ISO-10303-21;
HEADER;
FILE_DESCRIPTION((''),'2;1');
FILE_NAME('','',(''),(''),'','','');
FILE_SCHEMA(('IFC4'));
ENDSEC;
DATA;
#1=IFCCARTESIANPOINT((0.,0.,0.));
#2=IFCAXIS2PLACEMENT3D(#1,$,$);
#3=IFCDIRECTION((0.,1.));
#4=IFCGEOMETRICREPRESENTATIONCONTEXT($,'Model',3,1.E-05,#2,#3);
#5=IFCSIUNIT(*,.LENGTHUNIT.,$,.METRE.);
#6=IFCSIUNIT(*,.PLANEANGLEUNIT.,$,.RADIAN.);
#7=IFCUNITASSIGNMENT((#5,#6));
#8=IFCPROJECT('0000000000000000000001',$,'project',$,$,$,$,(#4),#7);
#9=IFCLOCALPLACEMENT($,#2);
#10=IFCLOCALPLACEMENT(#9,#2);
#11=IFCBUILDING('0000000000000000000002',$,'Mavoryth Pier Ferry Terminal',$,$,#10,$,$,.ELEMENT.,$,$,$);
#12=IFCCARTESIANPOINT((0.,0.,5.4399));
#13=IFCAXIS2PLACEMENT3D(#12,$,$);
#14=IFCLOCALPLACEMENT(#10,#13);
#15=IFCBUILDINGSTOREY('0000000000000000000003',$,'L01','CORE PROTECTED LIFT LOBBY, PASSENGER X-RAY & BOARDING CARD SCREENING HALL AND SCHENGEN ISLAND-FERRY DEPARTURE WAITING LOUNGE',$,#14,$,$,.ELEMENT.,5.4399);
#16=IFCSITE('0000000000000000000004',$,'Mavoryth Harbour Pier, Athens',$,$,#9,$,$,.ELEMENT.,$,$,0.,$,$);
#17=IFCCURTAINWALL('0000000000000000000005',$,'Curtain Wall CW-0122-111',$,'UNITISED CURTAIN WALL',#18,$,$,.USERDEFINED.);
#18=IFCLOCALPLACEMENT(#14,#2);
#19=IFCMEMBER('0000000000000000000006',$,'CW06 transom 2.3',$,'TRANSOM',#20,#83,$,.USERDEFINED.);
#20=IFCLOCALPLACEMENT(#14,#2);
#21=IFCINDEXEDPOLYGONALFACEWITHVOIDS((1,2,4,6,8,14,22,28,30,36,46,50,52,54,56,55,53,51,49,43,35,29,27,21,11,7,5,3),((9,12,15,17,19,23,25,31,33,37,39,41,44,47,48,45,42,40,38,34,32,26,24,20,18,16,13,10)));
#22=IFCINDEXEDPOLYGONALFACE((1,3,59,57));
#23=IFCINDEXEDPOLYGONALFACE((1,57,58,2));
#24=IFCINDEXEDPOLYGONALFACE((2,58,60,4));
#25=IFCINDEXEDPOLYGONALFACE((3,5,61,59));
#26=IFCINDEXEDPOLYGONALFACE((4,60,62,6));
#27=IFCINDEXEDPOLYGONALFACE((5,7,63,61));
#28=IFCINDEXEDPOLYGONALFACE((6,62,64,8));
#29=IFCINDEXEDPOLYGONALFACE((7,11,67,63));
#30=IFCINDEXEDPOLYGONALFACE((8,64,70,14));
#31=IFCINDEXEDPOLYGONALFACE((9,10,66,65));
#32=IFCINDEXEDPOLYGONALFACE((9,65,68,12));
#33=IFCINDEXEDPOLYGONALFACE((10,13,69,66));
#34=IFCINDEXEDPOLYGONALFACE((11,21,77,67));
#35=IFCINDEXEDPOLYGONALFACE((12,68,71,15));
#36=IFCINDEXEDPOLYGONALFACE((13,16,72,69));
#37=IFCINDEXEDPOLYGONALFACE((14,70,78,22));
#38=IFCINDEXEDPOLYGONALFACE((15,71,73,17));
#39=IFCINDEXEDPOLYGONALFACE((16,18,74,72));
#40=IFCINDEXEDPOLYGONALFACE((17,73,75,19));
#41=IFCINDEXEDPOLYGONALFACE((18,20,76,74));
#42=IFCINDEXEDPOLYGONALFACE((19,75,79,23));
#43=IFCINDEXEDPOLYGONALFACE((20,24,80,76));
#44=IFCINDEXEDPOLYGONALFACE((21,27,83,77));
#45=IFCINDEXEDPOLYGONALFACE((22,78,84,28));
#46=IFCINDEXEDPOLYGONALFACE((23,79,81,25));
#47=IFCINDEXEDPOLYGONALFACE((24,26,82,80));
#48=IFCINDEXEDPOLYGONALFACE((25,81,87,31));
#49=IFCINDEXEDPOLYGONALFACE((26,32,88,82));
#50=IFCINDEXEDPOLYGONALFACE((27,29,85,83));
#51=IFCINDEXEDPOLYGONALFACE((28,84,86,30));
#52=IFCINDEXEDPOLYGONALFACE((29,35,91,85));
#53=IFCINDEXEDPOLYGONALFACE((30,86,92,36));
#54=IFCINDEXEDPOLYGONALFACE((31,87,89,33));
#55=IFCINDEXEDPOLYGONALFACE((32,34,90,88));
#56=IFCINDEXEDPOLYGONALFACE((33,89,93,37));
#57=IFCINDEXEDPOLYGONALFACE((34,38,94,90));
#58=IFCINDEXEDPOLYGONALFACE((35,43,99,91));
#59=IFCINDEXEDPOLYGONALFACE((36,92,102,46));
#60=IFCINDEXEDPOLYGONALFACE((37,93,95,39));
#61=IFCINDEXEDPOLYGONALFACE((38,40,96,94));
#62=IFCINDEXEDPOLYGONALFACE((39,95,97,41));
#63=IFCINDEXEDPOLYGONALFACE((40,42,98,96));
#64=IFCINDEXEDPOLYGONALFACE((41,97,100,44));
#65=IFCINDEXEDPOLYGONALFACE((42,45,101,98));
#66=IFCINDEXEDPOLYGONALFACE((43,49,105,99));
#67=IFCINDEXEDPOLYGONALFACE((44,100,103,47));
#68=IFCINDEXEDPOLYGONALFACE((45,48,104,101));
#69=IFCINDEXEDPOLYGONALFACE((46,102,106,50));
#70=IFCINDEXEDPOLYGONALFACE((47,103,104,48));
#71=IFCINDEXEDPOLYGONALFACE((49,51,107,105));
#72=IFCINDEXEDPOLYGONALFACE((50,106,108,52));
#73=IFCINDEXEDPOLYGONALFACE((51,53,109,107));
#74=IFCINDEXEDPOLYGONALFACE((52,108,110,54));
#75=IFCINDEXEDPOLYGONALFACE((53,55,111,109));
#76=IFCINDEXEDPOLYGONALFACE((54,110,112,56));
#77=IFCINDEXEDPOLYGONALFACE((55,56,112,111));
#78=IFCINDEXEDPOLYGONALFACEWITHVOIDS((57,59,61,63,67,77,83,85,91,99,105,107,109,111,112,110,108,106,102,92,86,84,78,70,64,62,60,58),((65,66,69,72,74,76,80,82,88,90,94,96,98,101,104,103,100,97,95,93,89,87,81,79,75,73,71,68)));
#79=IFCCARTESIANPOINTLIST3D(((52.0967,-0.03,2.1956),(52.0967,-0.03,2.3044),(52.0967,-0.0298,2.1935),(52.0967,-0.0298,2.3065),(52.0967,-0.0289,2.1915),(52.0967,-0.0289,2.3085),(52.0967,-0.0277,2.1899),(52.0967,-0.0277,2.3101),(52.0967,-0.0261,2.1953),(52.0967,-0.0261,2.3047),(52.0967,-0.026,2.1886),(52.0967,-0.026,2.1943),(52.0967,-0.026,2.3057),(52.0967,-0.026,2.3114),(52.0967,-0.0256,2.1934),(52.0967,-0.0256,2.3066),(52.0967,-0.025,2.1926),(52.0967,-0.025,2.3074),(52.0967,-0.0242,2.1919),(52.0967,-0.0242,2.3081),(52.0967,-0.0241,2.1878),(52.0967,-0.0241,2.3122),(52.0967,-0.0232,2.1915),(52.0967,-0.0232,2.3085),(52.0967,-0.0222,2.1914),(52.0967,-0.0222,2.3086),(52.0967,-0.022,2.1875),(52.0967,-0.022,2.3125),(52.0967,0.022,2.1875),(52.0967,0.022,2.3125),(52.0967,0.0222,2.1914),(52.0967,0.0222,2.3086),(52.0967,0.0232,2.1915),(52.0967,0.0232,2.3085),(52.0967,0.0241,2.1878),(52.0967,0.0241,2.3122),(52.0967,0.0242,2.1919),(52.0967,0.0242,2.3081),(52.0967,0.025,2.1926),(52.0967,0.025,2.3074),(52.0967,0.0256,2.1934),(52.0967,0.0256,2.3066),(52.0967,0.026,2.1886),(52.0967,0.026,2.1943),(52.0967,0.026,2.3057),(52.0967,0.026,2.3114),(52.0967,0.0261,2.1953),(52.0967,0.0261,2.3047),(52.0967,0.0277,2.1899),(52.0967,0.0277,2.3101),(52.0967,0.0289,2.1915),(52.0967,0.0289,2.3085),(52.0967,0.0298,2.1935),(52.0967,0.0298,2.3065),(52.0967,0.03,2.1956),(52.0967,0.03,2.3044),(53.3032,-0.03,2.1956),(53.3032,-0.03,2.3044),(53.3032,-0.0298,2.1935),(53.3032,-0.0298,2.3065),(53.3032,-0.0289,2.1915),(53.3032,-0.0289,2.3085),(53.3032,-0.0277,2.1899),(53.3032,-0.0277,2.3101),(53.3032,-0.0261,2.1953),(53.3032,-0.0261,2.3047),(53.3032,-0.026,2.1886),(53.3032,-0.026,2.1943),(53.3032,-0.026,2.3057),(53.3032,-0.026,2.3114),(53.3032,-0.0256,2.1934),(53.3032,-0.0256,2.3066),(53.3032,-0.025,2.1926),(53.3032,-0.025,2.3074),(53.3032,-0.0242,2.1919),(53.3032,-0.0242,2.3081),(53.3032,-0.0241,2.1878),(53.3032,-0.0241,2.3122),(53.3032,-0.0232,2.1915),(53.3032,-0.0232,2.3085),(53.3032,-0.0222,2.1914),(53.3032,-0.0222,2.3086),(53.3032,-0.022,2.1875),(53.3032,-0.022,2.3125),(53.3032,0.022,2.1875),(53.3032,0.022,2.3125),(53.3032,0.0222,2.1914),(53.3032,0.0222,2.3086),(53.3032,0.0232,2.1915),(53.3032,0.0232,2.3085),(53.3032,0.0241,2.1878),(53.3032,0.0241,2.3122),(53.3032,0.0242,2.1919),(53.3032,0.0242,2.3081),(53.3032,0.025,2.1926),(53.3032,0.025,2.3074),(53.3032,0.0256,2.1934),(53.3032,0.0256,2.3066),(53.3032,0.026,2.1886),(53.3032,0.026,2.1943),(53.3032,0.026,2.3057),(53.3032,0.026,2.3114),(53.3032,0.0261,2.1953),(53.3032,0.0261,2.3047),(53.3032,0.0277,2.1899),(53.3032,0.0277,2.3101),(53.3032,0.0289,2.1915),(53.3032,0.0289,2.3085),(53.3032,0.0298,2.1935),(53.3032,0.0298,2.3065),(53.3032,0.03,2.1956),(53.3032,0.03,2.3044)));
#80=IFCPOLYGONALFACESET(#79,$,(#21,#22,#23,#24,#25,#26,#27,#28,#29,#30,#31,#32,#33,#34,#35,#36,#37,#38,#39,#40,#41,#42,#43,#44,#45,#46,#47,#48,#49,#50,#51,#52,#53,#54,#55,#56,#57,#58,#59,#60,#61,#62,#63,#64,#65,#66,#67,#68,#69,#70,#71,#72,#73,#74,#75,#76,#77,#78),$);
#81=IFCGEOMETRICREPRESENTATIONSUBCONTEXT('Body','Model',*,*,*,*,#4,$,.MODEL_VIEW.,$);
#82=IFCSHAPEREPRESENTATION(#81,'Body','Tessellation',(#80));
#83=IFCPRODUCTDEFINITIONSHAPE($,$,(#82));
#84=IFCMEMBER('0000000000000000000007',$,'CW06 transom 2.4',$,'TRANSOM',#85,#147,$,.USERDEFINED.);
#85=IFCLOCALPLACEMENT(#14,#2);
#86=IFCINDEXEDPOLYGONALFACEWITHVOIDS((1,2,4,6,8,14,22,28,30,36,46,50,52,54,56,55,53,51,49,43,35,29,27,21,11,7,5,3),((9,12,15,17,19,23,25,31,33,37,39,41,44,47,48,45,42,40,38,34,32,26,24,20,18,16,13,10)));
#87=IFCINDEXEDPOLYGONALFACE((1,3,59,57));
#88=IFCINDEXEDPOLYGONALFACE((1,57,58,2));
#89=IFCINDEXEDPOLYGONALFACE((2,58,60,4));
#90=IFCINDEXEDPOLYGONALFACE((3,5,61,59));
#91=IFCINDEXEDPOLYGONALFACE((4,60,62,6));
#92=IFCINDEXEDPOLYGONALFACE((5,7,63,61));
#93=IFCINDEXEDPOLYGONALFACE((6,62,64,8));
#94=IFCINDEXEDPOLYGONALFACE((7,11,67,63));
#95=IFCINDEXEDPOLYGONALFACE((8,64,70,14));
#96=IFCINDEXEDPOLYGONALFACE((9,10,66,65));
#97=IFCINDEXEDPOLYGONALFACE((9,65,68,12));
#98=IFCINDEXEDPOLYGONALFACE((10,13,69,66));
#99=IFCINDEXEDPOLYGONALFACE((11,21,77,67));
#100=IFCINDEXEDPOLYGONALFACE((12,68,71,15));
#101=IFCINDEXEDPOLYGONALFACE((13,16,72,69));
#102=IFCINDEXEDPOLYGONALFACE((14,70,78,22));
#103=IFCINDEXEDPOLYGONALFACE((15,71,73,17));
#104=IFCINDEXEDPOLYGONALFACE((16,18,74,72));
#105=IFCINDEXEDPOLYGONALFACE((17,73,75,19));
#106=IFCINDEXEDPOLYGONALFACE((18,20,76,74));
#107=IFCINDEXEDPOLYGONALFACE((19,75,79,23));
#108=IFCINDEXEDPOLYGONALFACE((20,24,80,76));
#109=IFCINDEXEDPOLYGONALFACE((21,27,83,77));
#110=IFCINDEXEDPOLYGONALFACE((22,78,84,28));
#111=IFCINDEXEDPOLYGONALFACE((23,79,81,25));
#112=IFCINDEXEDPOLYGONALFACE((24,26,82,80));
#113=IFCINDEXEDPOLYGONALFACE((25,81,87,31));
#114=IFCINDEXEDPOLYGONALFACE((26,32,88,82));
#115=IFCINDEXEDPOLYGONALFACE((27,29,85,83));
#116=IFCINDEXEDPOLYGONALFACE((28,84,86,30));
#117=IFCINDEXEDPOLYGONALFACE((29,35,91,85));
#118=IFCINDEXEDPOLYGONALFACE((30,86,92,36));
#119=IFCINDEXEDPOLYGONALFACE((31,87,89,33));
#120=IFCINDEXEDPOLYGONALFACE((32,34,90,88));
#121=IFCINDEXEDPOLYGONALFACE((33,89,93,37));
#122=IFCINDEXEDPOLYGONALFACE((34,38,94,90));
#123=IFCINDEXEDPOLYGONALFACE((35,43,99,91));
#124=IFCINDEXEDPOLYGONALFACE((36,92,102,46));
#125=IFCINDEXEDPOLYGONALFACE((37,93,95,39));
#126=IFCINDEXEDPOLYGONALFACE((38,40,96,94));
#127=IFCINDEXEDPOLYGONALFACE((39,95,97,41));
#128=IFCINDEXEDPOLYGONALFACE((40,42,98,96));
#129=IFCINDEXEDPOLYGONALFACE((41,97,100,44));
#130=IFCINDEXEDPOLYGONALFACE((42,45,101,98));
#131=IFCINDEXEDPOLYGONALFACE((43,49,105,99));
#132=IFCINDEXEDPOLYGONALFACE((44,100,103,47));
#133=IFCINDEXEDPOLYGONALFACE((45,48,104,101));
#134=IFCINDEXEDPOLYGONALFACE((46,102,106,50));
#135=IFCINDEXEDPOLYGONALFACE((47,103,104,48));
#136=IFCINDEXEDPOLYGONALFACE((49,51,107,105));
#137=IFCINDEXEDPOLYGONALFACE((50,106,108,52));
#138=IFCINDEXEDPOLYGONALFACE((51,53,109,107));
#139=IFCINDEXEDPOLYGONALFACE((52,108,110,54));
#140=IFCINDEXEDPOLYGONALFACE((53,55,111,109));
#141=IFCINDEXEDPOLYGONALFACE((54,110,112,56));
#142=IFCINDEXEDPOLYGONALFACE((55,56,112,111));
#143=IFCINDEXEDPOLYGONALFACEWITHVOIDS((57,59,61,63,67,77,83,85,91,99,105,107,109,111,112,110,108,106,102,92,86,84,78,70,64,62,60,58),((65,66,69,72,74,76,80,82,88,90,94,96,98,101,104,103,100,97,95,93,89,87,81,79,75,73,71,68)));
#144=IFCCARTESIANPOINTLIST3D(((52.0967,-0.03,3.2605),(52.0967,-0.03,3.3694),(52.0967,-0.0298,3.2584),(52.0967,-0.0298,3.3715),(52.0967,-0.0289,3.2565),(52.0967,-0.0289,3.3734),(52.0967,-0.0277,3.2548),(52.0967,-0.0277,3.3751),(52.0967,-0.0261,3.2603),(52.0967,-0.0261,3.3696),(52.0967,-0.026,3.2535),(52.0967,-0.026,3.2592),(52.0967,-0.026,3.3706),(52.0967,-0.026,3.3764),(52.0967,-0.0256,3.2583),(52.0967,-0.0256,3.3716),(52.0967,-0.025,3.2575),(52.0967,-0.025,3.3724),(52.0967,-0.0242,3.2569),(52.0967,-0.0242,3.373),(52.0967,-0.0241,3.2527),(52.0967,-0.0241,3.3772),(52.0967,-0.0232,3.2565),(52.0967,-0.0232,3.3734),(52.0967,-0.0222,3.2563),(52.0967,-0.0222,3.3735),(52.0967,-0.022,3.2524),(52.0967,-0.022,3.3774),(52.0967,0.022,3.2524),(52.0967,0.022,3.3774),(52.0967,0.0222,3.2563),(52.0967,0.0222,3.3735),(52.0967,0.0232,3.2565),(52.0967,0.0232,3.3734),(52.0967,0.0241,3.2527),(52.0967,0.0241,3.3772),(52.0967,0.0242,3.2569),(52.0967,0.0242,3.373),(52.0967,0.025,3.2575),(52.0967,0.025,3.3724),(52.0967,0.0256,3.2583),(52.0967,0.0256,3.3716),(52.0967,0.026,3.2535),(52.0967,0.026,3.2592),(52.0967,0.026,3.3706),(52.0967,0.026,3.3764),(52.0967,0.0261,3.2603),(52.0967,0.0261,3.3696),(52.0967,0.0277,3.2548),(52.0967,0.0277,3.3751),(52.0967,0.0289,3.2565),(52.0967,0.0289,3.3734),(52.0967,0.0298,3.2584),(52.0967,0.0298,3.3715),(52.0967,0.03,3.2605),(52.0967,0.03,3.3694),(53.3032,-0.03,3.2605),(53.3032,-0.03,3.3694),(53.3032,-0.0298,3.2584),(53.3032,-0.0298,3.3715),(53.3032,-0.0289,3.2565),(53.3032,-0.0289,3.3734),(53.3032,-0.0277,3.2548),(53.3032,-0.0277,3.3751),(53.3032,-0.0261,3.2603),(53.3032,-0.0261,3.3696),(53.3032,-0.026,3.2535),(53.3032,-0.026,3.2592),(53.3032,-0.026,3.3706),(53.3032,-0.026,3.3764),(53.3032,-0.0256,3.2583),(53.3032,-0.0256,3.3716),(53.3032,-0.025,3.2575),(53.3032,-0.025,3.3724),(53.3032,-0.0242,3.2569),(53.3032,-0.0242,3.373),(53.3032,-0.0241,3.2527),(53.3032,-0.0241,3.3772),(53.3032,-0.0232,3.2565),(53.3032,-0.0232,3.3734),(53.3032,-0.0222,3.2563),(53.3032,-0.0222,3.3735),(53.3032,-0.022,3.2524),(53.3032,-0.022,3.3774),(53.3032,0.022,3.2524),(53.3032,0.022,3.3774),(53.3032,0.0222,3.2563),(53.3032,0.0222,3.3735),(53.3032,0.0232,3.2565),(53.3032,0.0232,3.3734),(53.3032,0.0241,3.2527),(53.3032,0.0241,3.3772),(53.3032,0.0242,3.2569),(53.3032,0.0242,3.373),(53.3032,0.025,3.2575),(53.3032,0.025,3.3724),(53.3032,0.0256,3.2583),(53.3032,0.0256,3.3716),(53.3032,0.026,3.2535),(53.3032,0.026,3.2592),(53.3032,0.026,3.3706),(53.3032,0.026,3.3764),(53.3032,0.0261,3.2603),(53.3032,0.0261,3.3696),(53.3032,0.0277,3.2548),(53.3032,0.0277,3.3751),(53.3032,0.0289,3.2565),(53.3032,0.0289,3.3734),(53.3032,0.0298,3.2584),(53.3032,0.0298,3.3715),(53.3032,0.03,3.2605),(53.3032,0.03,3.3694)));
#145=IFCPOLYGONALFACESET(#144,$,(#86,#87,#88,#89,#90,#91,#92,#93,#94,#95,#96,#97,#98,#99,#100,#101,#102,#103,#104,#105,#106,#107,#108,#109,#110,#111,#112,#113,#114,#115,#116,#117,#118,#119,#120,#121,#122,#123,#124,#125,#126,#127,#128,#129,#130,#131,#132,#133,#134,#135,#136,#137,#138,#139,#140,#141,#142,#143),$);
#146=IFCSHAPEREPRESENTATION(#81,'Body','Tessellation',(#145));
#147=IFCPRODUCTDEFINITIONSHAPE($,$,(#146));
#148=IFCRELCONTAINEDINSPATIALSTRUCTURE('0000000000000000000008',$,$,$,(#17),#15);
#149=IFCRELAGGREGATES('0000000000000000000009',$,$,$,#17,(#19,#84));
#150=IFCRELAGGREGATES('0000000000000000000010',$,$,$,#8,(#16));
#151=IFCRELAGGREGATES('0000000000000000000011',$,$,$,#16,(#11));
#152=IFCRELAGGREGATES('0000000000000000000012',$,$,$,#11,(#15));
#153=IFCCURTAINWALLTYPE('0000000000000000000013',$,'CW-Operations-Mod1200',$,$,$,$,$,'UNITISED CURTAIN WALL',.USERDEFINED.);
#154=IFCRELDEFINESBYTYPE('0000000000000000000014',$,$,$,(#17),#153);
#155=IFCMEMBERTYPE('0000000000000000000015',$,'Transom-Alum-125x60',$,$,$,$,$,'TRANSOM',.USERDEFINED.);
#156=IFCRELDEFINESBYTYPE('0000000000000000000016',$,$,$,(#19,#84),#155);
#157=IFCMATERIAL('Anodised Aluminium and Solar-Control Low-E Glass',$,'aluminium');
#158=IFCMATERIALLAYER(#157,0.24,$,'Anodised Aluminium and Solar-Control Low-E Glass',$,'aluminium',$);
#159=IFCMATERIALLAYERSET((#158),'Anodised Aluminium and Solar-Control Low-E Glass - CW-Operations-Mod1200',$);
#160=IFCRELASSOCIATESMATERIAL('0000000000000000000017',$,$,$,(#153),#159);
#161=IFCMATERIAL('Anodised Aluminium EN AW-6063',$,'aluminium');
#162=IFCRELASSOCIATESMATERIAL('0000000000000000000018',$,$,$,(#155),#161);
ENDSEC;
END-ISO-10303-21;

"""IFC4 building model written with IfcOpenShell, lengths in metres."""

from ifc_helpers import new_model, si_unit, direction, frame, origin, origin_2d, place, context, subcontext, project, spatial, hollow_rectangle, extrude, material, layer, layer_set, material_profile, profile_set, type_object, element, aggregate, save


model = new_model("IFC4")

# Units and contexts
model_context = context("Model", 3, precision=1e-05, world=origin(), true_north=direction((0.0, 1.0)))
body_context = subcontext(model_context, "Body", "Model", "MODEL_VIEW")
ifc_project = project(units=[si_unit("LENGTHUNIT", "METRE"), si_unit("PLANEANGLEUNIT", "RADIAN")], contexts=[model_context])

# Site, building, storey
site_placement = place(None, origin())
site = spatial("IfcSite", under=ifc_project, at=site_placement, Name="Mavoryth Harbour Pier, Athens", CompositionType="ELEMENT", RefElevation=0.0)
building_placement = place(site_placement, origin())
building = spatial("IfcBuilding", under=site, at=building_placement, Name="Mavoryth Pier Ferry Terminal", CompositionType="ELEMENT")
storey_placement = place(building_placement, frame((0.0, 0.0, 5.4399)))
storey = spatial("IfcBuildingStorey", under=building, at=storey_placement, Name="L01", Description="CORE PROTECTED LIFT LOBBY, PASSENGER X-RAY & BOARDING CARD SCREENING HALL AND SCHENGEN ISLAND-FERRY DEPARTURE WAITING LOUNGE", CompositionType="ELEMENT", Elevation=5.4399)

# Curtain wall, members
ifc_material_1 = material(Name="Anodised Aluminium and Solar-Control Low-E Glass", Category="aluminium")
ifc_layer_1 = layer(ifc_material_1, 0.24, Name="Anodised Aluminium and Solar-Control Low-E Glass", Category="aluminium")
ifc_layer_set_1 = layer_set([ifc_layer_1], Name="Anodised Aluminium and Solar-Control Low-E Glass - CW-Operations-Mod1200")
curtain_wall_type = type_object("IfcCurtainWallType", Name="CW-Operations-Mod1200", ElementType="UNITISED CURTAIN WALL", PredefinedType="USERDEFINED", material=ifc_layer_set_1)
curtain_wall_placement = place(storey_placement, origin())
curtain_wall = element("IfcCurtainWall", 1, at=curtain_wall_placement, inside=storey, type_object=curtain_wall_type, Name="Curtain Wall CW-0122-111", ObjectType="UNITISED CURTAIN WALL", PredefinedType="USERDEFINED")
ifc_material_2 = material(Name="Anodised Aluminium EN AW-6063", Category="aluminium")
ifc_material_profile_1 = material_profile(ifc_material_2, hollow_rectangle(XDim=0.0601, YDim=0.125, WallThickness=0.0039, InnerFilletRadius=0.0039, OuterFilletRadius=0.0081, at=origin_2d()), Name="AL-TRAN 125x60x4", Category="aluminium")
ifc_profile_set_1 = profile_set([ifc_material_profile_1], Name="Anodised Aluminium EN AW-6063 - AL-TRAN 125x60x4")
member_type_1 = type_object("IfcMemberType", Name="Transom-Alum-125x60", ElementType="TRANSOM", PredefinedType="USERDEFINED", material=ifc_profile_set_1)
member_1_placement = place(storey_placement, frame((52.0967, 0.0, 2.25), z_axis=(1.0, 0.0, 0.0), x_axis=(0.0, 1.0, 0.0)))
member_1 = element("IfcMember", 2, at=member_1_placement, type_object=member_type_1, Name="CW06 transom 2.3", ObjectType="TRANSOM", PredefinedType="USERDEFINED", context=body_context, shape_type="SweptSolid", body=[
    extrude(hollow_rectangle(XDim=0.0601, YDim=0.125, WallThickness=0.0039, InnerFilletRadius=0.0039, OuterFilletRadius=0.0081, at=origin_2d()), origin(), (0.0, 0.0, 1.0), 1.2065),
])
member_2_placement = place(storey_placement, frame((52.0967, 0.0, 3.3149), z_axis=(1.0, 0.0, 0.0), x_axis=(0.0, 1.0, 0.0)))
member_2 = element("IfcMember", 3, at=member_2_placement, type_object=member_type_1, Name="CW06 transom 2.4", ObjectType="TRANSOM", PredefinedType="USERDEFINED", context=body_context, shape_type="SweptSolid", body=[
    extrude(hollow_rectangle(XDim=0.0601, YDim=0.125, WallThickness=0.0039, InnerFilletRadius=0.0039, OuterFilletRadius=0.0081, at=origin_2d()), origin(), (0.0, 0.0, 1.0), 1.2065),
])
aggregate(curtain_wall, [member_1, member_2])

save(model, "model.ifc")
